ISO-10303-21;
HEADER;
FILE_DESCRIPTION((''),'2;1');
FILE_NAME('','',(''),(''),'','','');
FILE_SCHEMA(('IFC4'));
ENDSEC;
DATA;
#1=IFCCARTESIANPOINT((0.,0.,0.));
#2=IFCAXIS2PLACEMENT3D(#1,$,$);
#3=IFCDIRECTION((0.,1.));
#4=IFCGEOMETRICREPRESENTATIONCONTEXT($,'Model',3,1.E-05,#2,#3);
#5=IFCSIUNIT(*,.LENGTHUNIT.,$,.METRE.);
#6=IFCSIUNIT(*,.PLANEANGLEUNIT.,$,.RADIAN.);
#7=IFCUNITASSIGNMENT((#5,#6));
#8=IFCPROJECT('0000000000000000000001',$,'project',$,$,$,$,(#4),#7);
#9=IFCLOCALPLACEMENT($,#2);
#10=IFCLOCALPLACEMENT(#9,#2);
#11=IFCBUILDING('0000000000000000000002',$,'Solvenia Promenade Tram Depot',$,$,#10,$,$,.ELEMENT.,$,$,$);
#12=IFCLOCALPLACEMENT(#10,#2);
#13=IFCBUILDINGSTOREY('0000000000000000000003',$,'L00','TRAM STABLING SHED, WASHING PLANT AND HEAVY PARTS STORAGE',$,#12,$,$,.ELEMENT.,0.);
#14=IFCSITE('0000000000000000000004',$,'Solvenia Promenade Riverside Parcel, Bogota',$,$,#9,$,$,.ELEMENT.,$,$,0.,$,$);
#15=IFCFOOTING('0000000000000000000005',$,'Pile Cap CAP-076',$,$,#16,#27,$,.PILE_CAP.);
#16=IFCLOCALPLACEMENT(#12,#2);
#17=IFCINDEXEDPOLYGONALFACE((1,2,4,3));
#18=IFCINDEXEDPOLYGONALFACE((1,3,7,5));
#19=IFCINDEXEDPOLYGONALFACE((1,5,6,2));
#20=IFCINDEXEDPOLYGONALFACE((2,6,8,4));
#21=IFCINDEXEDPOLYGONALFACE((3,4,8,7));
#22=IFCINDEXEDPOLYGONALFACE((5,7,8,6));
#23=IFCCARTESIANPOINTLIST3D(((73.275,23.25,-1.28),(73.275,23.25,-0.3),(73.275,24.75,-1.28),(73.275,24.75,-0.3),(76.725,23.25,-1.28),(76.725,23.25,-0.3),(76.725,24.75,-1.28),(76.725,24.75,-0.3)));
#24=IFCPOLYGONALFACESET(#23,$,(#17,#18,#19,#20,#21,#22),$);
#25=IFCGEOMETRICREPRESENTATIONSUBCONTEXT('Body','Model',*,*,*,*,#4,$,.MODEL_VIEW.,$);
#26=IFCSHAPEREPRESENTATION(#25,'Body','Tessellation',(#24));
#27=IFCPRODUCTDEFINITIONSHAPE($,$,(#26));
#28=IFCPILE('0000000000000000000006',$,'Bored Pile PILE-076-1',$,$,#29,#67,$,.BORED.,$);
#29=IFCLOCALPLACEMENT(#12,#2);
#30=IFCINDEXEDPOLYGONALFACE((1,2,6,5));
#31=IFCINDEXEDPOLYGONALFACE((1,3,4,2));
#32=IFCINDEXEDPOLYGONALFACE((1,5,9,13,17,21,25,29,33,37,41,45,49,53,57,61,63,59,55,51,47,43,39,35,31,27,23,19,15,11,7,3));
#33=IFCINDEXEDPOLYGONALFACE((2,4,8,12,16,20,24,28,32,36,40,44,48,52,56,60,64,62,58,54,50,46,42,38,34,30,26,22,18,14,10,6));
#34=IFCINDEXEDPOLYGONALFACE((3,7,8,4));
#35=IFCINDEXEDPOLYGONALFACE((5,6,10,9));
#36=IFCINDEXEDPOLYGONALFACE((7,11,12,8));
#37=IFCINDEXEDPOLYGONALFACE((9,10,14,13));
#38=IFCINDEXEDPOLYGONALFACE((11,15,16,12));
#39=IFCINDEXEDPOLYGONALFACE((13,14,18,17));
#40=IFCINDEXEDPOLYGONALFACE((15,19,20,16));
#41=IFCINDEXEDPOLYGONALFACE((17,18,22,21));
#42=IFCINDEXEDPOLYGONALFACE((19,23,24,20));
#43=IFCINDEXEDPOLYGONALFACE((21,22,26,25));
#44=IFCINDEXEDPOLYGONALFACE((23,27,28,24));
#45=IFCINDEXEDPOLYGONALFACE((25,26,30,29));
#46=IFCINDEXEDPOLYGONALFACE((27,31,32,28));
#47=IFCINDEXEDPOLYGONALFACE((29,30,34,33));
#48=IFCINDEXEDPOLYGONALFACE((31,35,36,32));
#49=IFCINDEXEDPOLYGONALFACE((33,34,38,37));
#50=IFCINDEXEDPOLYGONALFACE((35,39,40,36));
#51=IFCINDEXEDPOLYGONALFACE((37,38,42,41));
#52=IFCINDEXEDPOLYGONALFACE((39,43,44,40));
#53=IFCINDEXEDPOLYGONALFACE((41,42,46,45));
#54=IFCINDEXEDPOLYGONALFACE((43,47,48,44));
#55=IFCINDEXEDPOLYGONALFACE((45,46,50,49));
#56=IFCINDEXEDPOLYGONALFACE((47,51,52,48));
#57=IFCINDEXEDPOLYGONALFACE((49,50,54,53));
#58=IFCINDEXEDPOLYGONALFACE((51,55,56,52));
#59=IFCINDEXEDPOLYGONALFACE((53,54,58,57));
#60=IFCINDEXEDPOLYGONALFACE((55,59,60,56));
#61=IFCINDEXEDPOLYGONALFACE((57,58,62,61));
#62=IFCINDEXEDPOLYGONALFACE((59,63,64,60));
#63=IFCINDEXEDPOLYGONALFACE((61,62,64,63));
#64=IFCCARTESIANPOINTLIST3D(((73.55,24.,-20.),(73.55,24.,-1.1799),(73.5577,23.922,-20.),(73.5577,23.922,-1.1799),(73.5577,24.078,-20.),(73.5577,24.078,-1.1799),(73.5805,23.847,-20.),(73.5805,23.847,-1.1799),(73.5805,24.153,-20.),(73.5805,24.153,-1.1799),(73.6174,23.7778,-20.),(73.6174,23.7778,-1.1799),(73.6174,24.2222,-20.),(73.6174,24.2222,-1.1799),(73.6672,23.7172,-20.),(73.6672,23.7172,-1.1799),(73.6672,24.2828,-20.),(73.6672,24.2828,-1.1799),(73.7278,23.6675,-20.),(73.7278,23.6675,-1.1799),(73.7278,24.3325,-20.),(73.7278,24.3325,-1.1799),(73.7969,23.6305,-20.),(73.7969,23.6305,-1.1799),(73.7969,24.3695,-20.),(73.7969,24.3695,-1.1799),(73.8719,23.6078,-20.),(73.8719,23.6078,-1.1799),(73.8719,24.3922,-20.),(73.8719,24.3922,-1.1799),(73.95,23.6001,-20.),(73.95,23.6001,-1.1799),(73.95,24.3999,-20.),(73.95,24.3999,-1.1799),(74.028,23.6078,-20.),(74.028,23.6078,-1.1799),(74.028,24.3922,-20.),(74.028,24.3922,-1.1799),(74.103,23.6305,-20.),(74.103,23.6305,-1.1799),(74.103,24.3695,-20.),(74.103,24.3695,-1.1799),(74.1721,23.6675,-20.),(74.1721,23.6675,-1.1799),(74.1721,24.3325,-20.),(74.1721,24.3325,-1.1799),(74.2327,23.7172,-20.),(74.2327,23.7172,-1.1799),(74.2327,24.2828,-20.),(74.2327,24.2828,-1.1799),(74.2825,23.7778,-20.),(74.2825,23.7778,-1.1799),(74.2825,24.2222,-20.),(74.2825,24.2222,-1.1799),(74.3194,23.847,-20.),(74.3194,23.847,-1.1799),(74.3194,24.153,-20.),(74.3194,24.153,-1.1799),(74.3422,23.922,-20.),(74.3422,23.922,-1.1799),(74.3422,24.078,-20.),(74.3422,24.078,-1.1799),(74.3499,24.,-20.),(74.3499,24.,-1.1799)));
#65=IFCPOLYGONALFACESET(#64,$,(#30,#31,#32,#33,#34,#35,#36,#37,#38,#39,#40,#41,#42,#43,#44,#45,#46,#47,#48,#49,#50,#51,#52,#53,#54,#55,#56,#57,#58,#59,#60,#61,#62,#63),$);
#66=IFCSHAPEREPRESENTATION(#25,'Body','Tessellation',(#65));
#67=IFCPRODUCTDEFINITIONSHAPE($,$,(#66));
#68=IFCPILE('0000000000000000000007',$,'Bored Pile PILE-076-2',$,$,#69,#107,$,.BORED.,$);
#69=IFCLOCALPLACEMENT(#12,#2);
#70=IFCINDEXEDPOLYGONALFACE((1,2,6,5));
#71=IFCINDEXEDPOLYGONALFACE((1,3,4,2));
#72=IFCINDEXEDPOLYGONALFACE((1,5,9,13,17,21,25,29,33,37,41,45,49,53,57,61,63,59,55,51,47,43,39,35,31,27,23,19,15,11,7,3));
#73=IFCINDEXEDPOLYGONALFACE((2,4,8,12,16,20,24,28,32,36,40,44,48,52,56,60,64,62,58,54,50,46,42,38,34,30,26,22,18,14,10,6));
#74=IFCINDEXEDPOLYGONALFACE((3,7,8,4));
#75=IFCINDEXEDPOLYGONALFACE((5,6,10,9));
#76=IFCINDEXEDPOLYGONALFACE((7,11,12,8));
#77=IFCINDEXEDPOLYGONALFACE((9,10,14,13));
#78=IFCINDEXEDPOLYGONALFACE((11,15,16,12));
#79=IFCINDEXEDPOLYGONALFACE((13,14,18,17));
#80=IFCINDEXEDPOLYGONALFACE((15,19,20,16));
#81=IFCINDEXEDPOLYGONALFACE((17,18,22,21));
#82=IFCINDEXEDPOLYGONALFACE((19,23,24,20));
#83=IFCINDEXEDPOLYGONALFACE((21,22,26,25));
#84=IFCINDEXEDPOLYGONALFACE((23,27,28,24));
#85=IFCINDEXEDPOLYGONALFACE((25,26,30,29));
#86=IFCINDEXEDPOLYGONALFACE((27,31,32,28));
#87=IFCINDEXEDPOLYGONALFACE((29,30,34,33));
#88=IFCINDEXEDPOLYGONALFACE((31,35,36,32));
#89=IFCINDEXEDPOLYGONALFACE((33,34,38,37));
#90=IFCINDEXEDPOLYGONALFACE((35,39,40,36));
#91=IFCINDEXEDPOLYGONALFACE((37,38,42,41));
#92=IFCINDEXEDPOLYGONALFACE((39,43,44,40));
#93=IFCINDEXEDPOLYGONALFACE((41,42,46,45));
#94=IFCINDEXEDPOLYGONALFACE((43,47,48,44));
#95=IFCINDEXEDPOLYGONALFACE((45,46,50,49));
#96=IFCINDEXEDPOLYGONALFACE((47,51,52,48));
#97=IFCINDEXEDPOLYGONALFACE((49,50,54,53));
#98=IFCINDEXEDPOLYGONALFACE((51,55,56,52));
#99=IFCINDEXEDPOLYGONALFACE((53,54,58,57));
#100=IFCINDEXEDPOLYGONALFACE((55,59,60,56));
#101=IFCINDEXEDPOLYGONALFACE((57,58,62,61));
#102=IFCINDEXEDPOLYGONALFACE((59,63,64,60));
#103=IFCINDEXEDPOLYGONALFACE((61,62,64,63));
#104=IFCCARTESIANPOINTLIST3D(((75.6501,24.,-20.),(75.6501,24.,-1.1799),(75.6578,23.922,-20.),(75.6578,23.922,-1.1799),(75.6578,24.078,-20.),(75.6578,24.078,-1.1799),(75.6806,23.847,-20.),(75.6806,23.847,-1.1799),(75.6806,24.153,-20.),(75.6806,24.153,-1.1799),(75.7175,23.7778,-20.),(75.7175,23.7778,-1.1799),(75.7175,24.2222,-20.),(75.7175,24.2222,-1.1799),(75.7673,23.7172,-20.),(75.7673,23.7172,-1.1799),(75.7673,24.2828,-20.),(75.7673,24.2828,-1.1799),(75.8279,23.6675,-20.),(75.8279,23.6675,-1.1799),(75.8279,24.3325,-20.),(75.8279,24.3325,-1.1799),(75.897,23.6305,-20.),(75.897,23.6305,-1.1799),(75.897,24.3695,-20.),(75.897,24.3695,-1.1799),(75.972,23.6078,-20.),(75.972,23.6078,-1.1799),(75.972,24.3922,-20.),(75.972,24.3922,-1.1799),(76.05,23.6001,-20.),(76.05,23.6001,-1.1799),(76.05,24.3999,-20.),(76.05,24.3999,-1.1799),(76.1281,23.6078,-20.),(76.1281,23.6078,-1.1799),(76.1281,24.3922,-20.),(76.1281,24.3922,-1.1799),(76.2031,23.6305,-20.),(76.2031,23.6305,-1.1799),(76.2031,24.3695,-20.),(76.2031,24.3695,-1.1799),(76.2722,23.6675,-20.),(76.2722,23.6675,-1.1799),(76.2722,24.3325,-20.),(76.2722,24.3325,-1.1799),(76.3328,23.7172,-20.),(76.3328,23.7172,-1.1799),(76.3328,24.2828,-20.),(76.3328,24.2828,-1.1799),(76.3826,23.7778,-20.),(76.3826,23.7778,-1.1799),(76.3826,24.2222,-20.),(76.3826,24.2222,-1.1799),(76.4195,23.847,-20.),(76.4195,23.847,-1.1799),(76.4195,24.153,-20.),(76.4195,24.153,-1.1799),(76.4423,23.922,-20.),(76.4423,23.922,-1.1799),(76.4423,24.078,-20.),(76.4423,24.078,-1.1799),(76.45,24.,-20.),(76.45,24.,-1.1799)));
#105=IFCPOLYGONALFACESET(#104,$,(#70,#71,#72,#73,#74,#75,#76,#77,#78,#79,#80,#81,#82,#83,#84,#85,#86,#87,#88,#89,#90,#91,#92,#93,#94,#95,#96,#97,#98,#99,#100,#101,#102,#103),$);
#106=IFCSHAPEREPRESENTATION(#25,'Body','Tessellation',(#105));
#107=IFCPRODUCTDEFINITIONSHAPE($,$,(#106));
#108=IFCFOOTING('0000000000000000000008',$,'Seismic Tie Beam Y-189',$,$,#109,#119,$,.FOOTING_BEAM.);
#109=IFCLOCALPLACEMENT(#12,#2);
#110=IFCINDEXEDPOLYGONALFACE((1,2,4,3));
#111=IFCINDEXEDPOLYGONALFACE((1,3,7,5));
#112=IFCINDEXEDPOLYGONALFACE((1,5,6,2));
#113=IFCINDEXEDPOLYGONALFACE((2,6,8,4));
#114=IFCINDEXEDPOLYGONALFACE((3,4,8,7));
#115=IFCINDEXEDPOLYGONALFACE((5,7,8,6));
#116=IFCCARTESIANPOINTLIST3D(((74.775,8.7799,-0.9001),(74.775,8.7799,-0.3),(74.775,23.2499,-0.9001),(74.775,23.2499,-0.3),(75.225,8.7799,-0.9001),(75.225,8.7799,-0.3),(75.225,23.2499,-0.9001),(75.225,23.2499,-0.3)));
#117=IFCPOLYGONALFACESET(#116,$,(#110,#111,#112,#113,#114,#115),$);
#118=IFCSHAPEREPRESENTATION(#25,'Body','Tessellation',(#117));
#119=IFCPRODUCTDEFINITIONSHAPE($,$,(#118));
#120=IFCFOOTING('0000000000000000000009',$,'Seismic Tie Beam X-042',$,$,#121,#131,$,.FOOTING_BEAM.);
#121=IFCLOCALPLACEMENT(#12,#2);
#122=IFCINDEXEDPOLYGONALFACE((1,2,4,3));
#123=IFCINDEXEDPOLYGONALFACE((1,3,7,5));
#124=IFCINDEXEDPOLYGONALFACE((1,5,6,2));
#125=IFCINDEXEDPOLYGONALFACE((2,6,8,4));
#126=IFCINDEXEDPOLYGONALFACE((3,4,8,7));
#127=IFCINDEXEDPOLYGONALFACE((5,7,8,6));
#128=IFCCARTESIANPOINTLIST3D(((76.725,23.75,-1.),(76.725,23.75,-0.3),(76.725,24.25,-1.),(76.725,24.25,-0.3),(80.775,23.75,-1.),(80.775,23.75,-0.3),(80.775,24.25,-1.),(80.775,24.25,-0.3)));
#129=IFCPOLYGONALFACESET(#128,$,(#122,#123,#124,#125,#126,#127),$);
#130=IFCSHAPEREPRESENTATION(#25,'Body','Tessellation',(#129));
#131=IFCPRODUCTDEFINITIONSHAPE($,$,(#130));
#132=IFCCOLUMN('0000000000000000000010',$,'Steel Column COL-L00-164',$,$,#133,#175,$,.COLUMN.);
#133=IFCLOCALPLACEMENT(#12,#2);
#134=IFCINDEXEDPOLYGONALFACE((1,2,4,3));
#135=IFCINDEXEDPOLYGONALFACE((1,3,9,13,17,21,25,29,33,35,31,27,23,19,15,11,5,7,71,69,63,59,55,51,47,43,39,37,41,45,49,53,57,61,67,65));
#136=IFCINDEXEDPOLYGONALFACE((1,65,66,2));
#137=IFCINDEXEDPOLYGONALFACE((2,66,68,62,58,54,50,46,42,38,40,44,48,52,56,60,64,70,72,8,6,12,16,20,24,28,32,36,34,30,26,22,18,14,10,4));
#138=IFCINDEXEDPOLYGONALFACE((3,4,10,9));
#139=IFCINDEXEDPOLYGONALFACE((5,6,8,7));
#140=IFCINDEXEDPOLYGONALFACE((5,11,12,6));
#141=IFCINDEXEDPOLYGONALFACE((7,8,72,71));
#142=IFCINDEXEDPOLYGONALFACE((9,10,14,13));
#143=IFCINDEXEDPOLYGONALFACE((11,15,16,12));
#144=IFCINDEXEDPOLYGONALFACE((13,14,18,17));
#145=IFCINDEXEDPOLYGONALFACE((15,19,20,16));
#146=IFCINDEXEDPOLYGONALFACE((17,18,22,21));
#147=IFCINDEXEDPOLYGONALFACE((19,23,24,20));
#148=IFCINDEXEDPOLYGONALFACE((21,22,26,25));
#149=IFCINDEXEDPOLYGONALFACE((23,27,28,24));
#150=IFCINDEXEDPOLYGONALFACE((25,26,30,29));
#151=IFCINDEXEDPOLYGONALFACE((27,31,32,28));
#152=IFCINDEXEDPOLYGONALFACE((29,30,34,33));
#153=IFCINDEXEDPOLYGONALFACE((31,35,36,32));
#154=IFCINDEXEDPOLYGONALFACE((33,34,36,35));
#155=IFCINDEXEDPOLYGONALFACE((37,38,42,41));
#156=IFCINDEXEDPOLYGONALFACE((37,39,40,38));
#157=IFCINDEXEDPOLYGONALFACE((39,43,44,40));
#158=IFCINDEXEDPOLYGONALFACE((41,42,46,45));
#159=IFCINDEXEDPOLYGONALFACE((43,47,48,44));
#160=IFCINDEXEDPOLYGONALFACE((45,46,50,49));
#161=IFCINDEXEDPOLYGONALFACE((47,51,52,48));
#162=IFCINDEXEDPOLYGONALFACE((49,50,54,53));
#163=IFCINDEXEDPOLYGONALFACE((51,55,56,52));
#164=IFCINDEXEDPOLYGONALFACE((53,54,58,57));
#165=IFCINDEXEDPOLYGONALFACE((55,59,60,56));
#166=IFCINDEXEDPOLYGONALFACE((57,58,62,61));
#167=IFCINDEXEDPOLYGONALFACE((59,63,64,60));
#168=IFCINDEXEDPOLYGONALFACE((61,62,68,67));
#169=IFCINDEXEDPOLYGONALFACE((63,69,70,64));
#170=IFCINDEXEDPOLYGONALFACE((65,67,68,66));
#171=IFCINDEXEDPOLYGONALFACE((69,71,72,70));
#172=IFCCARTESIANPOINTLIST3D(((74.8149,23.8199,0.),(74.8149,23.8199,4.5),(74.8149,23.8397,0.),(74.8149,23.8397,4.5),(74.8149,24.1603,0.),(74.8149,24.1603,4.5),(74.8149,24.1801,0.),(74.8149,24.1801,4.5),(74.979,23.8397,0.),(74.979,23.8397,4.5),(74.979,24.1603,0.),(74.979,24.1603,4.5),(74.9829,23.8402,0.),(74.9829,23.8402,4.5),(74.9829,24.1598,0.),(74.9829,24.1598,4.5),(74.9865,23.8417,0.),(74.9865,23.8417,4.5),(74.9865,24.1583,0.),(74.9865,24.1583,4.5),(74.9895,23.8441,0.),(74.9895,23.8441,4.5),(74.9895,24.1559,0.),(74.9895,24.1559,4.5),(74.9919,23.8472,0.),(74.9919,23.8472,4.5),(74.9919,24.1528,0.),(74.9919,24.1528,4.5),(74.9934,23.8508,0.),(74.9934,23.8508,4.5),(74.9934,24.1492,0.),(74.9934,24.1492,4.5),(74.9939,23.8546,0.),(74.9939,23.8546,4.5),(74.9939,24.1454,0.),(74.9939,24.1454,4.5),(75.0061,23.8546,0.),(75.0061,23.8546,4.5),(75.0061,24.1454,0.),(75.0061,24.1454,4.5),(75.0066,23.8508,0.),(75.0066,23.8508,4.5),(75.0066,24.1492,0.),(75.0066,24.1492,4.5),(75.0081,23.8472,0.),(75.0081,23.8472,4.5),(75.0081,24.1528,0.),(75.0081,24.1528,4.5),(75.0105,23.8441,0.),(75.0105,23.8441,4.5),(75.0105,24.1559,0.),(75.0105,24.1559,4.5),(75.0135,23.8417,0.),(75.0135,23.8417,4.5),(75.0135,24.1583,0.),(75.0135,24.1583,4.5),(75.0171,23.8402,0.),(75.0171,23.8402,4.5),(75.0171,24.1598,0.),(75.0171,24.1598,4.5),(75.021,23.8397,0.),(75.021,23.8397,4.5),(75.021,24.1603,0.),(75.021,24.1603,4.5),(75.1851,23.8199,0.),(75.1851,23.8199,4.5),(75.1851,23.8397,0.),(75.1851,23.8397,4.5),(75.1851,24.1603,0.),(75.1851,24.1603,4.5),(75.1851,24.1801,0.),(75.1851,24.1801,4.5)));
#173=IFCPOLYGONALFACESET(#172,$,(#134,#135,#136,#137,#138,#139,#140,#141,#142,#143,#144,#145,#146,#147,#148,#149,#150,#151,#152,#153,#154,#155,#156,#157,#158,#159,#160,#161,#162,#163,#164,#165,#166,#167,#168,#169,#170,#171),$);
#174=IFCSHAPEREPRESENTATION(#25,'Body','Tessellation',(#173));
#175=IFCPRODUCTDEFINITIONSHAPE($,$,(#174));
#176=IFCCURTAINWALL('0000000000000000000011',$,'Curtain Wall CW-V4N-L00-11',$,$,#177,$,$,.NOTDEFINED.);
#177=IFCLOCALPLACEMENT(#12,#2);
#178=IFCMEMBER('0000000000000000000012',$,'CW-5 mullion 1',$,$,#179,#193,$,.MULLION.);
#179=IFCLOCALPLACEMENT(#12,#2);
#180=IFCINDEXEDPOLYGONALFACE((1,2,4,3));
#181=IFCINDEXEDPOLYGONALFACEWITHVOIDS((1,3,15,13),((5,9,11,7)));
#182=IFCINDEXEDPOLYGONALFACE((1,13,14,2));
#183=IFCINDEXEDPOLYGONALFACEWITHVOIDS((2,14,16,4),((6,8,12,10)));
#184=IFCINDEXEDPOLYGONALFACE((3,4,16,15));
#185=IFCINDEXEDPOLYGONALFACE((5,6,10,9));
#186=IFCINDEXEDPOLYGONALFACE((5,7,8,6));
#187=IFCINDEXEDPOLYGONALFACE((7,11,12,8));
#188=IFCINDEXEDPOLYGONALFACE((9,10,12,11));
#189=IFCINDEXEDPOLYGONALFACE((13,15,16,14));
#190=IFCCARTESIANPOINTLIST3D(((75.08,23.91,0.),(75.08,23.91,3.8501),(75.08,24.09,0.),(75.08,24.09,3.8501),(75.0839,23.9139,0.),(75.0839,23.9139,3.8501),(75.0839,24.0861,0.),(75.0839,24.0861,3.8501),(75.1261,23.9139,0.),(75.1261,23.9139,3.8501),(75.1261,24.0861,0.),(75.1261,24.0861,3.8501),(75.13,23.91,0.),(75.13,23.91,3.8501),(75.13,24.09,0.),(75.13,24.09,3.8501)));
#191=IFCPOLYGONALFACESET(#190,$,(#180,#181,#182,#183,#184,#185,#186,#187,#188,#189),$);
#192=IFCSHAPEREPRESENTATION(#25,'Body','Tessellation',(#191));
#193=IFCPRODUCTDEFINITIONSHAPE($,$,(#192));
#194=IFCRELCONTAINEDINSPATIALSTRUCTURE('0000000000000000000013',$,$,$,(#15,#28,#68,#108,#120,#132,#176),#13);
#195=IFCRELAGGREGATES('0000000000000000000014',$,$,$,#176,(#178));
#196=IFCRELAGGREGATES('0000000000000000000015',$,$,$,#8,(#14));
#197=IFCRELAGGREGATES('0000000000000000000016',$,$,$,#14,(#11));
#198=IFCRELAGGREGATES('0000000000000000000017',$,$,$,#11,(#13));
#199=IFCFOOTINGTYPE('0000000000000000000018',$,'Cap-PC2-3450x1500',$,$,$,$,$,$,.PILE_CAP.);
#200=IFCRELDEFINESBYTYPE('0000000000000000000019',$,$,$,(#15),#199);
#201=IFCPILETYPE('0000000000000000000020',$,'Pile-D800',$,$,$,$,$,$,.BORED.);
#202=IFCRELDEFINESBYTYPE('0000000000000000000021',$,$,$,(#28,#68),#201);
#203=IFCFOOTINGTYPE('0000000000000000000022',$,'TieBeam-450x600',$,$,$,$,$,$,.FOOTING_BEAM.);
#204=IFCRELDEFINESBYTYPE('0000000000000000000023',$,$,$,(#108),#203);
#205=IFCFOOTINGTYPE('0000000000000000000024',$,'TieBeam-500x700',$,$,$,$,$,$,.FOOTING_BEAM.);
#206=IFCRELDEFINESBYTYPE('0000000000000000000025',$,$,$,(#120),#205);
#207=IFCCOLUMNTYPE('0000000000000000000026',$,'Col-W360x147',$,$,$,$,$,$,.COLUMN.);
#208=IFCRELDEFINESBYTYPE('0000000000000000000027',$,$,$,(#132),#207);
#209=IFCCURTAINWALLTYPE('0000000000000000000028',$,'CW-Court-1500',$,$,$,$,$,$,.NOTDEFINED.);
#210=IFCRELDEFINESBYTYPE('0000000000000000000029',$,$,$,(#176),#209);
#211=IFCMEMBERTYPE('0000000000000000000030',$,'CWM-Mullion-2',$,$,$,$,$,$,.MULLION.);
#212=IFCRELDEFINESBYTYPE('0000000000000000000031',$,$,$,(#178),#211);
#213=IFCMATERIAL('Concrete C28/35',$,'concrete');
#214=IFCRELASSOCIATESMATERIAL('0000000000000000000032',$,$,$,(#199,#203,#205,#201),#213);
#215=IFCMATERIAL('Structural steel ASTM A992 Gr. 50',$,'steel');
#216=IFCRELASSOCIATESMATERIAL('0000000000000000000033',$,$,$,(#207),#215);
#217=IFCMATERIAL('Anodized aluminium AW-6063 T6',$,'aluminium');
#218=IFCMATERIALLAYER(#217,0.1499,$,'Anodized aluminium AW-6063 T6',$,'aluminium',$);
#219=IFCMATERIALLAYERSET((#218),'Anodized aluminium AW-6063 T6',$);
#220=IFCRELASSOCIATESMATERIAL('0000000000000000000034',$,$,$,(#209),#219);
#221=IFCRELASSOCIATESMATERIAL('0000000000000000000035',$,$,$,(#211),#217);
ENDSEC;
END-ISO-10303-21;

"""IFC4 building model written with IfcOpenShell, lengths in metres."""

from ifc_helpers import new_model, si_unit, direction, frame, origin, origin_2d, place, context, subcontext, project, spatial, rectangle, hollow_rectangle, circle, i_section, extrude, material, layer, layer_set, material_profile, profile_set, type_object, element, aggregate, save


model = new_model("IFC4")

# Units and contexts
model_context = context("Model", 3, precision=1e-05, world=origin(), true_north=direction((0.0, 1.0)))
body_context = subcontext(model_context, "Body", "Model", "MODEL_VIEW")
ifc_project = project(units=[si_unit("LENGTHUNIT", "METRE"), si_unit("PLANEANGLEUNIT", "RADIAN")], contexts=[model_context])

# Site, building, storey
site_placement = place(None, origin())
site = spatial("IfcSite", under=ifc_project, at=site_placement, Name="Solvenia Promenade Riverside Parcel, Bogota", CompositionType="ELEMENT", RefElevation=0.0)
building_placement = place(site_placement, origin())
building = spatial("IfcBuilding", under=site, at=building_placement, Name="Solvenia Promenade Tram Depot", CompositionType="ELEMENT")
storey_placement = place(building_placement, origin())
storey = spatial("IfcBuildingStorey", under=building, at=storey_placement, Name="L00", Description="TRAM STABLING SHED, WASHING PLANT AND HEAVY PARTS STORAGE", CompositionType="ELEMENT", Elevation=0.0)

# Footing
ifc_material_1 = material(Name="Concrete C28/35", Category="concrete")
footing_type_1 = type_object("IfcFootingType", Name="Cap-PC2-3450x1500", PredefinedType="PILE_CAP", material=ifc_material_1)
footing_1_placement = place(storey_placement, frame((75.0, 24.0, -1.28), z_axis=(0.0, 0.0, 1.0), x_axis=(1.0, 0.0, 0.0)))
element("IfcFooting", 1, at=footing_1_placement, inside=storey, type_object=footing_type_1, Name="Pile Cap CAP-076", PredefinedType="PILE_CAP", context=body_context, shape_type="SweptSolid", body=[
    extrude(rectangle(XDim=3.45, YDim=1.5, at=origin_2d()), origin(), (0.0, 0.0, 1.0), 0.98),
])

# Piles
ifc_material_profile_1 = material_profile(ifc_material_1, circle(Radius=0.3999, at=origin_2d()), Name="D800", Category="concrete")
ifc_profile_set_1 = profile_set([ifc_material_profile_1], Name="Concrete C28/35")
pile_type = type_object("IfcPileType", Name="Pile-D800", PredefinedType="BORED", material=ifc_profile_set_1)
for number, where, z_axis, x_axis, name in (
    (2, (73.95, 24.0, -1.1799), (0.0, 0.0, -1.0), (1.0, 0.0, 0.0), "Bored Pile PILE-076-1"),
    (3, (76.05, 24.0, -1.1799), (0.0, 0.0, -1.0), (1.0, 0.0, 0.0), "Bored Pile PILE-076-2"),
):
    element("IfcPile", number, at=place(storey_placement, frame(where, z_axis=z_axis, x_axis=x_axis)), inside=storey, type_object=pile_type, Name=name, PredefinedType="BORED", context=body_context, shape_type="SweptSolid", body=[
        extrude(circle(Radius=0.3999, at=origin_2d()), origin(), (0.0, 0.0, 1.0), 18.8201),
    ])

# Footings
footing_type_2 = type_object("IfcFootingType", Name="TieBeam-450x600", PredefinedType="FOOTING_BEAM", material=ifc_material_1)
footing_2_placement = place(storey_placement, frame((75.0, 16.0149, -0.9001), z_axis=(0.0, 0.0, 1.0), x_axis=(1.0, 0.0, 0.0)))
element("IfcFooting", 4, at=footing_2_placement, inside=storey, type_object=footing_type_2, Name="Seismic Tie Beam Y-189", PredefinedType="FOOTING_BEAM", context=body_context, shape_type="SweptSolid", body=[
    extrude(rectangle(XDim=0.45, YDim=14.47, at=origin_2d()), origin(), (0.0, 0.0, 1.0), 0.6001),
])
footing_type_3 = type_object("IfcFootingType", Name="TieBeam-500x700", PredefinedType="FOOTING_BEAM", material=ifc_material_1)
footing_3_placement = place(storey_placement, frame((78.75, 24.0, -1.0), z_axis=(0.0, 0.0, 1.0), x_axis=(1.0, 0.0, 0.0)))
element("IfcFooting", 5, at=footing_3_placement, inside=storey, type_object=footing_type_3, Name="Seismic Tie Beam X-042", PredefinedType="FOOTING_BEAM", context=body_context, shape_type="SweptSolid", body=[
    extrude(rectangle(XDim=4.05, YDim=0.5, at=origin_2d()), origin(), (0.0, 0.0, 1.0), 0.7),
])

# Column
ifc_material_2 = material(Name="Structural steel ASTM A992 Gr. 50", Category="steel")
ifc_material_profile_2 = material_profile(ifc_material_2, i_section(OverallWidth=0.3701, OverallDepth=0.3601, WebThickness=0.0122, FlangeThickness=0.0198, FilletRadius=0.0149, at=origin_2d()), Name="W360x147", Category="steel")
ifc_profile_set_2 = profile_set([ifc_material_profile_2], Name="Structural steel ASTM A992 Gr. 50")
column_type = type_object("IfcColumnType", Name="Col-W360x147", PredefinedType="COLUMN", material=ifc_profile_set_2)
column_placement = place(storey_placement, frame((75.0, 24.0, 0.0), z_axis=(0.0, 0.0, 1.0), x_axis=(1.0, 0.0, 0.0)))
element("IfcColumn", 6, at=column_placement, inside=storey, type_object=column_type, Name="Steel Column COL-L00-164", PredefinedType="COLUMN", context=body_context, shape_type="SweptSolid", body=[
    extrude(i_section(OverallWidth=0.3701, OverallDepth=0.3601, WebThickness=0.0122, FlangeThickness=0.0198, FilletRadius=0.0149, at=origin_2d()), origin(), (0.0, 0.0, 1.0), 4.5),
])

# Curtain wall, member
ifc_material_3 = material(Name="Anodized aluminium AW-6063 T6", Category="aluminium")
ifc_layer_1 = layer(ifc_material_3, 0.1499, Name="Anodized aluminium AW-6063 T6", Category="aluminium")
ifc_layer_set_1 = layer_set([ifc_layer_1], Name="Anodized aluminium AW-6063 T6")
curtain_wall_type = type_object("IfcCurtainWallType", Name="CW-Court-1500", PredefinedType="NOTDEFINED", material=ifc_layer_set_1)
curtain_wall_placement = place(storey_placement, origin())
curtain_wall = element("IfcCurtainWall", 7, at=curtain_wall_placement, inside=storey, type_object=curtain_wall_type, Name="Curtain Wall CW-V4N-L00-11", PredefinedType="NOTDEFINED")
ifc_material_profile_3 = material_profile(ifc_material_3, hollow_rectangle(XDim=0.1799, YDim=0.05, WallThickness=0.0039, at=origin_2d()), Name="ALU-M2", Category="aluminium")
ifc_profile_set_3 = profile_set([ifc_material_profile_3], Name="Anodized aluminium AW-6063 T6")
member_type_1 = type_object("IfcMemberType", Name="CWM-Mullion-2", PredefinedType="MULLION", material=ifc_profile_set_3)
member_1_placement = place(storey_placement, frame((75.105, 24.0, 0.0), z_axis=(0.0, 0.0, 1.0), x_axis=(0.0, 1.0, 0.0)))
member_1 = element("IfcMember", 8, at=member_1_placement, type_object=member_type_1, Name="CW-5 mullion 1", PredefinedType="MULLION", context=body_context, shape_type="SweptSolid", body=[
    extrude(hollow_rectangle(XDim=0.1799, YDim=0.05, WallThickness=0.0039, at=origin_2d()), origin(), (0.0, 0.0, 1.0), 3.8501),
])
aggregate(curtain_wall, [member_1])

save(model, "model.ifc")
